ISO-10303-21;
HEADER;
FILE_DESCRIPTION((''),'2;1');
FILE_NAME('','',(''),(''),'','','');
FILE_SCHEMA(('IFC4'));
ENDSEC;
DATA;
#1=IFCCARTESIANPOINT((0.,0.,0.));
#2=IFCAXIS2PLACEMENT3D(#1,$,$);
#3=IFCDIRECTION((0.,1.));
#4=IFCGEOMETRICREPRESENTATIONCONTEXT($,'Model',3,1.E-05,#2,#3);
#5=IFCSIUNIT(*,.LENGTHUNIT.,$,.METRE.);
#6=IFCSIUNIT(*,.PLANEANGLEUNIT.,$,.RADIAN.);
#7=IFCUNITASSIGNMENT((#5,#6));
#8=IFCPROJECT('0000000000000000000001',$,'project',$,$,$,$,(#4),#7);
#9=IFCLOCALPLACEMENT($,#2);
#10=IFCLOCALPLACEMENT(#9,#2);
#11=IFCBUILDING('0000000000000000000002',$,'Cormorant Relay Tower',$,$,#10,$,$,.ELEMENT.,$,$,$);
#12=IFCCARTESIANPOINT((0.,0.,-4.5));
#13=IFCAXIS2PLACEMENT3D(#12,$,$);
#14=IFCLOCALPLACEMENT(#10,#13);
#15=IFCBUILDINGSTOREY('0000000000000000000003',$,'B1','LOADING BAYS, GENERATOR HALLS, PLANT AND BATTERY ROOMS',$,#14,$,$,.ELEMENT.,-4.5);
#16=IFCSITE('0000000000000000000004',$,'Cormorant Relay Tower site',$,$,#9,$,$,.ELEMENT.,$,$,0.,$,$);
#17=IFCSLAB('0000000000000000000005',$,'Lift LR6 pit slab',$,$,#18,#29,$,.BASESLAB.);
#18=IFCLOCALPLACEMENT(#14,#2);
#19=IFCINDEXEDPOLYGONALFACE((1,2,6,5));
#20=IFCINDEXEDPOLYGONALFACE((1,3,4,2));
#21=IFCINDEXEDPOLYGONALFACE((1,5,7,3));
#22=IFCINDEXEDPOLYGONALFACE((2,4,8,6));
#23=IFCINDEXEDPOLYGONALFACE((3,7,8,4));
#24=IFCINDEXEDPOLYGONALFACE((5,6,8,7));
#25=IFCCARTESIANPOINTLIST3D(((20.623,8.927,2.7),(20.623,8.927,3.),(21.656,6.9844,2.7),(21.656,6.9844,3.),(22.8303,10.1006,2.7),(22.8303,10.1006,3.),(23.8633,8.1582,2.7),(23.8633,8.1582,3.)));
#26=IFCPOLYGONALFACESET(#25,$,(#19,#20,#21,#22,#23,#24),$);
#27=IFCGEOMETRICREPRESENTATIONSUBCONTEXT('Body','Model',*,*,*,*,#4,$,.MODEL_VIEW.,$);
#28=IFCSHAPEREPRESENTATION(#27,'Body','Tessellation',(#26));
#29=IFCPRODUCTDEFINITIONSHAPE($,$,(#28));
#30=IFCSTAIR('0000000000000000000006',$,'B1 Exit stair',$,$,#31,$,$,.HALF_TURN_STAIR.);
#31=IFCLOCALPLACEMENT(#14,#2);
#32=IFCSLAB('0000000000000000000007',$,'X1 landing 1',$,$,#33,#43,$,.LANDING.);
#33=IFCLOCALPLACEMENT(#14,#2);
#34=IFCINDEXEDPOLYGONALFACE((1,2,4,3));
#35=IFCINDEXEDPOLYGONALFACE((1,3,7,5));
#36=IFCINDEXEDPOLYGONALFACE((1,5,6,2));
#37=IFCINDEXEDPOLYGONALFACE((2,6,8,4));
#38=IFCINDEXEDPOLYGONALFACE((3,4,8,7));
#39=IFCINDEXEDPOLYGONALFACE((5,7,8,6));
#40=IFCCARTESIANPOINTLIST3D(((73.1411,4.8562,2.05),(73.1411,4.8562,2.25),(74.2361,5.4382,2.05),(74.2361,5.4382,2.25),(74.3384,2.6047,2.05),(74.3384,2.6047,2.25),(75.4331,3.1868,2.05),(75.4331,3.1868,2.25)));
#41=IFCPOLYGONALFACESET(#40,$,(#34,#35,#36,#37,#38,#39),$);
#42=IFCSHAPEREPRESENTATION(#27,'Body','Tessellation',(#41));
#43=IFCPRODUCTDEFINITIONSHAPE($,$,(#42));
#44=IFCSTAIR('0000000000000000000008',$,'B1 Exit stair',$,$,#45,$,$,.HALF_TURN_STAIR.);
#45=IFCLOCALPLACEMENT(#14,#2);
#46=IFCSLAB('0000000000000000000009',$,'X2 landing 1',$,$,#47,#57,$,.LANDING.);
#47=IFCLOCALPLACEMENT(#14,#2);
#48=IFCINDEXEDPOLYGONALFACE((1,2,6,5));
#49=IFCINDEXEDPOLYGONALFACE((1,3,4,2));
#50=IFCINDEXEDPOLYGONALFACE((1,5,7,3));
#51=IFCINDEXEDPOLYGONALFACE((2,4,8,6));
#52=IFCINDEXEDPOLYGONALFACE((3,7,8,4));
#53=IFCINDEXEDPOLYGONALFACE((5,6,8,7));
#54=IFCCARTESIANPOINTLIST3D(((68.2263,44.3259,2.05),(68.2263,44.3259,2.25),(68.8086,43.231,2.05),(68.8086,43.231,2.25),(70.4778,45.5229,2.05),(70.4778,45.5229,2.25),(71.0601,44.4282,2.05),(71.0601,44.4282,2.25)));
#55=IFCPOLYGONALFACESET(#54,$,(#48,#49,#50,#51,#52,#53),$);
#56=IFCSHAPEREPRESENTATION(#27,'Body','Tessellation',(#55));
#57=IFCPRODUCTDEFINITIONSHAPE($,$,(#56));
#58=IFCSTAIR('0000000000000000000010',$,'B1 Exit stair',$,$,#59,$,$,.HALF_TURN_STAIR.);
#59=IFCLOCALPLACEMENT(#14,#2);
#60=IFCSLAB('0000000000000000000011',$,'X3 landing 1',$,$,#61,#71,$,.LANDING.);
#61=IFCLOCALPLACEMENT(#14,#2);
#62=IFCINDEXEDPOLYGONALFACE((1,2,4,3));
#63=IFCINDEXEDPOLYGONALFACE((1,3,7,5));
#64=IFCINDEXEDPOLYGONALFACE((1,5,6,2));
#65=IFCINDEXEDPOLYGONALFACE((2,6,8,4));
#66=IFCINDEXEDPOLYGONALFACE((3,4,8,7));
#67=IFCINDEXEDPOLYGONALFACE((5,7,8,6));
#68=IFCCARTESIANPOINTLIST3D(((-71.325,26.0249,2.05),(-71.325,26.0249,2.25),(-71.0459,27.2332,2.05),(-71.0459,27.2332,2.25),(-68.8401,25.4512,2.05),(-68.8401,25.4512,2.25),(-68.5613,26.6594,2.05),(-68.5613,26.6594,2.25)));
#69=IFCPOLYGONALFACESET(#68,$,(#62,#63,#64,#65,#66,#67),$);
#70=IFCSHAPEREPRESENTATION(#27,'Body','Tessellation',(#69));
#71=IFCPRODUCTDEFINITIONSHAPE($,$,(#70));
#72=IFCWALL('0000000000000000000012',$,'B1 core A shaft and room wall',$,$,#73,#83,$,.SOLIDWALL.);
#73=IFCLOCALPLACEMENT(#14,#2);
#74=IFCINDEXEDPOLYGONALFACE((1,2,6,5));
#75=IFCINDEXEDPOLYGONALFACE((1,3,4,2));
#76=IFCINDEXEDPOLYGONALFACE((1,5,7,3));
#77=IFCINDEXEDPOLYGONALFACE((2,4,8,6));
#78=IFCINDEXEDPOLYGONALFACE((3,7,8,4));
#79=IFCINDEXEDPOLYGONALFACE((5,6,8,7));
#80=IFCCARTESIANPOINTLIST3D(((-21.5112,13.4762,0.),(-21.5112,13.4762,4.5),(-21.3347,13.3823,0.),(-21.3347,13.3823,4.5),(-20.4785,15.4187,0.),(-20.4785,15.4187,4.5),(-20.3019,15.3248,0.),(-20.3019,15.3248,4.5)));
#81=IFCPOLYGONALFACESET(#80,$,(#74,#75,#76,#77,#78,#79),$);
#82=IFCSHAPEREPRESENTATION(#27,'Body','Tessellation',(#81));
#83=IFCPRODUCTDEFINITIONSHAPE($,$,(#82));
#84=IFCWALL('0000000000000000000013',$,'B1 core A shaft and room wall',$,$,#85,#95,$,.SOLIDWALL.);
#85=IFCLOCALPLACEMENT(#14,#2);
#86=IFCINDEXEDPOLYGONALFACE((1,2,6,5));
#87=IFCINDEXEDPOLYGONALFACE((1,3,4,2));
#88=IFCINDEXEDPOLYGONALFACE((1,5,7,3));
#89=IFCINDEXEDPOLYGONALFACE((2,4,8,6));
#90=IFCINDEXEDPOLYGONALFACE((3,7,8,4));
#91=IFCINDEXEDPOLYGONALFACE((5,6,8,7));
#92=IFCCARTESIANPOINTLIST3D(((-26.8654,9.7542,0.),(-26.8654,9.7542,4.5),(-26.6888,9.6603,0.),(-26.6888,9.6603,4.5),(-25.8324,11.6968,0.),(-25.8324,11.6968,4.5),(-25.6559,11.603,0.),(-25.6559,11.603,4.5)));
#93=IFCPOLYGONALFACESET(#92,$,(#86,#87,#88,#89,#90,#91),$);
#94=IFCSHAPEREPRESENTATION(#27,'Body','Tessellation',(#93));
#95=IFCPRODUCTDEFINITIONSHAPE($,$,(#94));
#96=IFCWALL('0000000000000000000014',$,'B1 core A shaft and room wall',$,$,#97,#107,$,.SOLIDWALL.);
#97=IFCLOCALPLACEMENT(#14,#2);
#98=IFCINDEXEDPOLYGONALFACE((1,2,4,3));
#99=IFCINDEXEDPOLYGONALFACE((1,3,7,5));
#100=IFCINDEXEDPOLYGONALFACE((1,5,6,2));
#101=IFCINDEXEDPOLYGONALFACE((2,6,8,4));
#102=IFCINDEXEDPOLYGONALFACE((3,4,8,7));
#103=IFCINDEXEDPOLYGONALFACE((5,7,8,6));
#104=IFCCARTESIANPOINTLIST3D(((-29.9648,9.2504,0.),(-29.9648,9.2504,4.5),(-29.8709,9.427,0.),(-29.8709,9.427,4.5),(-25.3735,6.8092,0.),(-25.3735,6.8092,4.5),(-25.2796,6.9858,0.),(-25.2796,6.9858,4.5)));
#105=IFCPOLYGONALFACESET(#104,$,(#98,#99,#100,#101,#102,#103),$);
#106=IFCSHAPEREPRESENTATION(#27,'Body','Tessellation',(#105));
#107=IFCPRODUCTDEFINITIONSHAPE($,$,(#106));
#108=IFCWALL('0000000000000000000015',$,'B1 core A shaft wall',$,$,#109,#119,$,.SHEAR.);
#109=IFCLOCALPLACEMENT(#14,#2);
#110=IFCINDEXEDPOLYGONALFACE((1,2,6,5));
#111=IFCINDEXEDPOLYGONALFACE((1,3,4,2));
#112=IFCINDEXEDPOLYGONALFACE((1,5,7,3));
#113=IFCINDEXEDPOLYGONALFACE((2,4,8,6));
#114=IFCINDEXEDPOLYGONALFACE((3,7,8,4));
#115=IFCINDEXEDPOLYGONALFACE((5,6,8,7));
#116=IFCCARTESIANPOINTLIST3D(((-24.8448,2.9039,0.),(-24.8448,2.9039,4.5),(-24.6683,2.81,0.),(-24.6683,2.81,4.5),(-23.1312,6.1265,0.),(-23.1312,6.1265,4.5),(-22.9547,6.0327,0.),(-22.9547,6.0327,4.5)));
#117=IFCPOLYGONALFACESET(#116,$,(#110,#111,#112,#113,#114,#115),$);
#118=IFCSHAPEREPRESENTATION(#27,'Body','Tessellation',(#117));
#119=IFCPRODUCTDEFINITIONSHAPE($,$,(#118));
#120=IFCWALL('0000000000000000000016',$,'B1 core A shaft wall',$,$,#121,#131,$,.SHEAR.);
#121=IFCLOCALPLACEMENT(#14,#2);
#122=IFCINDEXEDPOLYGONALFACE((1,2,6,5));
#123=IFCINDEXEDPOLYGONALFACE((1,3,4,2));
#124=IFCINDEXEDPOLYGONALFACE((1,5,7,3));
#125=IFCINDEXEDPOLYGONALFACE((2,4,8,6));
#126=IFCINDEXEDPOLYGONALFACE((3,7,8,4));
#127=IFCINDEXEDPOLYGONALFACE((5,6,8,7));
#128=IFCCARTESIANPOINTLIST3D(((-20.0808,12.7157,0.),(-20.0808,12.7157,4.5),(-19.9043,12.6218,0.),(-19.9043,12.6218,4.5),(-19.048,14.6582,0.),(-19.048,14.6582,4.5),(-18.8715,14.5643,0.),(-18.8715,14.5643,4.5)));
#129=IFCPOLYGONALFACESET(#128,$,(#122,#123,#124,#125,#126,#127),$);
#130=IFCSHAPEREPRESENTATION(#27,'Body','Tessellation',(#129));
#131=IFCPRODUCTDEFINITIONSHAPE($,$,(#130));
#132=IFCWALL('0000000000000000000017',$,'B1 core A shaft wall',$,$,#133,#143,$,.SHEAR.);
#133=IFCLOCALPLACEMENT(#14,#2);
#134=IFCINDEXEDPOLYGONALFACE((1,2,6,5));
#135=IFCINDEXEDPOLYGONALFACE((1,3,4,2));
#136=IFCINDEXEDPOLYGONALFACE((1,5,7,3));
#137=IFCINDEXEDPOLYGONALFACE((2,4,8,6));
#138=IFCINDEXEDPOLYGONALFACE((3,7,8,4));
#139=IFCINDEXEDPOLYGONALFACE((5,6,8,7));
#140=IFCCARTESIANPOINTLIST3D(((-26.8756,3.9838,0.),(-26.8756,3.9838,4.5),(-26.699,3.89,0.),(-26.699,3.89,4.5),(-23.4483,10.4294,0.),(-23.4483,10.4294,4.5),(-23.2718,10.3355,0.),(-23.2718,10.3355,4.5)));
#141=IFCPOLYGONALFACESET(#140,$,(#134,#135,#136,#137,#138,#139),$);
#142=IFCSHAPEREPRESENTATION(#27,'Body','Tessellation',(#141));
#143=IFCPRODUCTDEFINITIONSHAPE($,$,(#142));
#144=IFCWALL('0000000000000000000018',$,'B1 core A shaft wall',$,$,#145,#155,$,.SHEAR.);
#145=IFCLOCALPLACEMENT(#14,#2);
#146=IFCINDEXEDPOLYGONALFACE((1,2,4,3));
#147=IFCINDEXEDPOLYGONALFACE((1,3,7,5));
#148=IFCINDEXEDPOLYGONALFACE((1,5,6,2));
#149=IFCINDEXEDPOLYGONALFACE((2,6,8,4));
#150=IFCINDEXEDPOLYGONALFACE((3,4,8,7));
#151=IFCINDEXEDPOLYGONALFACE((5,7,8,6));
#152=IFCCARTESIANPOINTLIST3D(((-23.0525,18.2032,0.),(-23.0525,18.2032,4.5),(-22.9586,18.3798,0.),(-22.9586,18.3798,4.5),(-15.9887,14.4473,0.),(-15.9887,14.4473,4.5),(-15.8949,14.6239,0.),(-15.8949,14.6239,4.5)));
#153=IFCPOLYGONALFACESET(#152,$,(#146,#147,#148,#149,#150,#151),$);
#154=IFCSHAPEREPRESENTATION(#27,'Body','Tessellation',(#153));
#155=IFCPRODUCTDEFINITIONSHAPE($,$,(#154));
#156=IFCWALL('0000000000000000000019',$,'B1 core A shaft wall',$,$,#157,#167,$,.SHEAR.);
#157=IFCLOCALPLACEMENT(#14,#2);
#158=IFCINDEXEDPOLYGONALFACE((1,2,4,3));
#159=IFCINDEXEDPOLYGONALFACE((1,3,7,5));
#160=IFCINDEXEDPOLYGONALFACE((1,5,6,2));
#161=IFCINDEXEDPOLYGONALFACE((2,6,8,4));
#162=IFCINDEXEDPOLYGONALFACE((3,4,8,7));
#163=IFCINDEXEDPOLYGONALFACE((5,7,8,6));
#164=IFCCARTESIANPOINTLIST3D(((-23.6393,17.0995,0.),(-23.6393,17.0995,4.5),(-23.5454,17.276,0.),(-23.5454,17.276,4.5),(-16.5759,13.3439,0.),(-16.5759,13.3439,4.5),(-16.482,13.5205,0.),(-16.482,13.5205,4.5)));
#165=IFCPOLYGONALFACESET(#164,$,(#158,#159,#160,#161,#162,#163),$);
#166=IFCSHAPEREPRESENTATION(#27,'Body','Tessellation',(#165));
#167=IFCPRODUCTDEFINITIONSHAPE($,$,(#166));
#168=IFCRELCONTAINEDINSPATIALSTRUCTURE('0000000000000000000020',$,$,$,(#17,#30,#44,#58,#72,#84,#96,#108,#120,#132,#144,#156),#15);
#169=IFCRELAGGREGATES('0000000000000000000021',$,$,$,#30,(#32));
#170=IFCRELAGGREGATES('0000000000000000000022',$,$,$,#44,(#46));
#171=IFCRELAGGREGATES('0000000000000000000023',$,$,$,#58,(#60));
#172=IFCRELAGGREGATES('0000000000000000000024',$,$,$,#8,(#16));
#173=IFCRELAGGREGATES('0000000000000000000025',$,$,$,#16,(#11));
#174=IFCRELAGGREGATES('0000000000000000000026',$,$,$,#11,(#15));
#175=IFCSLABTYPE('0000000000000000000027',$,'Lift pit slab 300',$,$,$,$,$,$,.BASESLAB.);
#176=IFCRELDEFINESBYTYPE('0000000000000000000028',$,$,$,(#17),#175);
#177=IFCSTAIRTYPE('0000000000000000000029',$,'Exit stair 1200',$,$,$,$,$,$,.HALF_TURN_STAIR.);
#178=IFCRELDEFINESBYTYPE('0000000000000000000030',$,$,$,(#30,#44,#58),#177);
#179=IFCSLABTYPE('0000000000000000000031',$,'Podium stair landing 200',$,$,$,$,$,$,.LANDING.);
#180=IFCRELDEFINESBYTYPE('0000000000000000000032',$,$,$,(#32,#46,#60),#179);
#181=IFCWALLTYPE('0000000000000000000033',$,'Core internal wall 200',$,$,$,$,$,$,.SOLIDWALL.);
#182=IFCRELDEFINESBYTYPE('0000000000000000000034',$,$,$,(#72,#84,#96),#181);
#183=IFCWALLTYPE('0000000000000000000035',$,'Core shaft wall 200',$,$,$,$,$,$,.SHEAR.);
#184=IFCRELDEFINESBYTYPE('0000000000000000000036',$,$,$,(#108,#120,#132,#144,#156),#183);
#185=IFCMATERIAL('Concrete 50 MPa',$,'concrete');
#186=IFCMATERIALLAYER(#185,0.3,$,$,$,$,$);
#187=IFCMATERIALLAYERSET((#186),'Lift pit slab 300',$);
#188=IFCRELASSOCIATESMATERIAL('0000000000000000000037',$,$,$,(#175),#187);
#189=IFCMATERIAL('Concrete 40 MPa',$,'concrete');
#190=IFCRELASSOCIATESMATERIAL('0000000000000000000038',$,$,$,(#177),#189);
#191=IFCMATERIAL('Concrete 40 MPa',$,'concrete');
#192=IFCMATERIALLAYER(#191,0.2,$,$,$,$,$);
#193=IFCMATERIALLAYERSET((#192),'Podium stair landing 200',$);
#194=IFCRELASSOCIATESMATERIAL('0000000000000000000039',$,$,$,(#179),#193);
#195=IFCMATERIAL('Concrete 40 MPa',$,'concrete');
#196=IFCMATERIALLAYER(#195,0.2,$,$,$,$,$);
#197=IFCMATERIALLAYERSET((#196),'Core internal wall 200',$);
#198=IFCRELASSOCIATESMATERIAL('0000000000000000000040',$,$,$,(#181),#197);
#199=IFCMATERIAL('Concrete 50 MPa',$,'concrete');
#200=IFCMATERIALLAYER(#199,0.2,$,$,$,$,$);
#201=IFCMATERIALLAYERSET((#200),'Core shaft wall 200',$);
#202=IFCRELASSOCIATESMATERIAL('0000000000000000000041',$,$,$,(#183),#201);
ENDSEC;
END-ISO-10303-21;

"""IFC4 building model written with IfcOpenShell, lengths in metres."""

from ifc_helpers import new_model, si_unit, direction, frame, frame_2d, origin, place, context, subcontext, project, spatial, polyline, rectangle, outline, extrude, material, layer, layer_set, type_object, element, aggregate, save


model = new_model("IFC4")

# Units and contexts
model_context = context("Model", 3, precision=1e-05, world=origin(), true_north=direction((0.0, 1.0)))
body_context = subcontext(model_context, "Body", "Model", "MODEL_VIEW")
ifc_project = project(units=[si_unit("LENGTHUNIT", "METRE"), si_unit("PLANEANGLEUNIT", "RADIAN")], contexts=[model_context])

# Site, building, storey
site_placement = place(None, origin())
site = spatial("IfcSite", under=ifc_project, at=site_placement, Name="Cormorant Relay Tower site", CompositionType="ELEMENT", RefElevation=0.0)
building_placement = place(site_placement, origin())
building = spatial("IfcBuilding", under=site, at=building_placement, Name="Cormorant Relay Tower", CompositionType="ELEMENT")
storey_placement = place(building_placement, frame((0.0, 0.0, -4.5)))
storey = spatial("IfcBuildingStorey", under=building, at=storey_placement, Name="B1", Description="LOADING BAYS, GENERATOR HALLS, PLANT AND BATTERY ROOMS", CompositionType="ELEMENT", Elevation=-4.5)

# Slab
ifc_material_1 = material(Name="Concrete 50 MPa", Category="concrete")
ifc_layer_1 = layer(ifc_material_1, 0.3)
ifc_layer_set_1 = layer_set([ifc_layer_1], Name="Lift pit slab 300")
slab_type_1 = type_object("IfcSlabType", Name="Lift pit slab 300", PredefinedType="BASESLAB", material=ifc_layer_set_1)
slab_1_placement = place(storey_placement, frame((0.0, 0.0, 2.7)))
element("IfcSlab", 1, at=slab_1_placement, inside=storey, type_object=slab_type_1, Name="Lift LR6 pit slab", PredefinedType="BASESLAB", context=body_context, shape_type="SweptSolid", body=[
    extrude(outline(polyline([(22.8303, 10.1006), (23.8633, 8.1582), (21.656, 6.9844), (20.623, 8.927), (22.8303, 10.1006)])), origin(), (0.0, 0.0, 1.0), 0.3),
])

# Stairs, slabs
ifc_material_2 = material(Name="Concrete 40 MPa", Category="concrete")
stair_type_1 = type_object("IfcStairType", Name="Exit stair 1200", PredefinedType="HALF_TURN_STAIR", material=ifc_material_2)
stair_1_placement = place(storey_placement, origin())
stair_1 = element("IfcStair", 2, at=stair_1_placement, inside=storey, type_object=stair_type_1, Name="B1 Exit stair", PredefinedType="HALF_TURN_STAIR")
ifc_material_3 = material(Name="Concrete 40 MPa", Category="concrete")
ifc_layer_2 = layer(ifc_material_3, 0.2)
ifc_layer_set_2 = layer_set([ifc_layer_2], Name="Podium stair landing 200")
slab_type_2 = type_object("IfcSlabType", Name="Podium stair landing 200", PredefinedType="LANDING", material=ifc_layer_set_2)
slab_2_placement = place(storey_placement, frame((0.0, 0.0, 2.05)))
slab_2 = element("IfcSlab", 3, at=slab_2_placement, type_object=slab_type_2, Name="X1 landing 1", PredefinedType="LANDING", context=body_context, shape_type="SweptSolid", body=[
    extrude(outline(polyline([(74.3384, 2.6047), (75.4331, 3.1868), (74.2361, 5.4382), (73.1411, 4.8562), (74.3384, 2.6047)])), origin(), (0.0, 0.0, 1.0), 0.2),
])
aggregate(stair_1, [slab_2])
stair_2_placement = place(storey_placement, origin())
stair_2 = element("IfcStair", 4, at=stair_2_placement, inside=storey, type_object=stair_type_1, Name="B1 Exit stair", PredefinedType="HALF_TURN_STAIR")
slab_3_placement = place(storey_placement, frame((0.0, 0.0, 2.05)))
slab_3 = element("IfcSlab", 5, at=slab_3_placement, type_object=slab_type_2, Name="X2 landing 1", PredefinedType="LANDING", context=body_context, shape_type="SweptSolid", body=[
    extrude(outline(polyline([(71.0601, 44.4282), (70.4778, 45.5229), (68.2263, 44.3259), (68.8086, 43.231), (71.0601, 44.4282)])), origin(), (0.0, 0.0, 1.0), 0.2),
])
aggregate(stair_2, [slab_3])
stair_3_placement = place(storey_placement, origin())
stair_3 = element("IfcStair", 6, at=stair_3_placement, inside=storey, type_object=stair_type_1, Name="B1 Exit stair", PredefinedType="HALF_TURN_STAIR")
slab_4_placement = place(storey_placement, frame((0.0, 0.0, 2.05)))
slab_4 = element("IfcSlab", 7, at=slab_4_placement, type_object=slab_type_2, Name="X3 landing 1", PredefinedType="LANDING", context=body_context, shape_type="SweptSolid", body=[
    extrude(outline(polyline([(-71.0459, 27.2332), (-71.325, 26.0249), (-68.8401, 25.4512), (-68.5613, 26.6594), (-71.0459, 27.2332)])), origin(), (0.0, 0.0, 1.0), 0.2),
])
aggregate(stair_3, [slab_4])

# Walls
ifc_material_4 = material(Name="Concrete 40 MPa", Category="concrete")
ifc_layer_3 = layer(ifc_material_4, 0.2)
ifc_layer_set_3 = layer_set([ifc_layer_3], Name="Core internal wall 200")
wall_type_1 = type_object("IfcWallType", Name="Core internal wall 200", PredefinedType="SOLIDWALL", material=ifc_layer_set_3)
wall_1_placement = place(storey_placement, frame((-20.3901, 15.3718, 0.0), z_axis=(0.0, 0.0, 1.0), x_axis=(-0.469447, -0.88296, 0.0)))
element("IfcWall", 8, at=wall_1_placement, inside=storey, type_object=wall_type_1, Name="B1 core A shaft and room wall", PredefinedType="SOLIDWALL", context=body_context, shape_type="SweptSolid", body=[
    extrude(rectangle(XDim=2.2, YDim=0.2, at=frame_2d((1.1001, 0.0))), origin(), (0.0, 0.0, 1.0), 4.5),
])
wall_2_placement = place(storey_placement, frame((-25.7441, 11.6499, 0.0), z_axis=(0.0, 0.0, 1.0), x_axis=(-0.469488, -0.882939, 0.0)))
element("IfcWall", 9, at=wall_2_placement, inside=storey, type_object=wall_type_1, Name="B1 core A shaft and room wall", PredefinedType="SOLIDWALL", context=body_context, shape_type="SweptSolid", body=[
    extrude(rectangle(XDim=2.2002, YDim=0.2, at=frame_2d((1.1001, 0.0))), origin(), (0.0, 0.0, 1.0), 4.5),
])
wall_3_placement = place(storey_placement, frame((-25.3264, 6.8975, 0.0), z_axis=(0.0, 0.0, 1.0), x_axis=(-0.882954, 0.46946, 0.0)))
element("IfcWall", 10, at=wall_3_placement, inside=storey, type_object=wall_type_1, Name="B1 core A shaft and room wall", PredefinedType="SOLIDWALL", context=body_context, shape_type="SweptSolid", body=[
    extrude(rectangle(XDim=5.2, YDim=0.2, at=frame_2d((2.6001, 0.0))), origin(), (0.0, 0.0, 1.0), 4.5),
])
ifc_material_5 = material(Name="Concrete 50 MPa", Category="concrete")
ifc_layer_4 = layer(ifc_material_5, 0.2)
ifc_layer_set_4 = layer_set([ifc_layer_4], Name="Core shaft wall 200")
wall_type_2 = type_object("IfcWallType", Name="Core shaft wall 200", PredefinedType="SHEAR", material=ifc_layer_set_4)
wall_4_placement = place(storey_placement, frame((-23.043, 6.0796, 0.0), z_axis=(0.0, 0.0, 1.0), x_axis=(-0.469494, -0.882936, 0.0)))
element("IfcWall", 11, at=wall_4_placement, inside=storey, type_object=wall_type_2, Name="B1 core A shaft wall", PredefinedType="SHEAR", context=body_context, shape_type="SweptSolid", body=[
    extrude(rectangle(XDim=3.6499, YDim=0.2, at=frame_2d((1.825, 0.0))), origin(), (0.0, 0.0, 1.0), 4.5),
])
wall_5_placement = place(storey_placement, frame((-18.9597, 14.6113, 0.0), z_axis=(0.0, 0.0, 1.0), x_axis=(-0.469447, -0.88296, 0.0)))
element("IfcWall", 12, at=wall_5_placement, inside=storey, type_object=wall_type_2, Name="B1 core A shaft wall", PredefinedType="SHEAR", context=body_context, shape_type="SweptSolid", body=[
    extrude(rectangle(XDim=2.2, YDim=0.2, at=frame_2d((1.1001, 0.0))), origin(), (0.0, 0.0, 1.0), 4.5),
])
wall_6_placement = place(storey_placement, frame((-23.3601, 10.3823, 0.0), z_axis=(0.0, 0.0, 1.0), x_axis=(-0.46948, -0.882943, 0.0)))
element("IfcWall", 13, at=wall_6_placement, inside=storey, type_object=wall_type_2, Name="B1 core A shaft wall", PredefinedType="SHEAR", context=body_context, shape_type="SweptSolid", body=[
    extrude(rectangle(XDim=7.3, YDim=0.2, at=frame_2d((3.6499, 0.0))), origin(), (0.0, 0.0, 1.0), 4.5),
])
wall_7_placement = place(storey_placement, frame((-15.9419, 14.5356, 0.0), z_axis=(0.0, 0.0, 1.0), x_axis=(-0.882947, 0.469473, 0.0)))
element("IfcWall", 14, at=wall_7_placement, inside=storey, type_object=wall_type_2, Name="B1 core A shaft wall", PredefinedType="SHEAR", context=body_context, shape_type="SweptSolid", body=[
    extrude(rectangle(XDim=8.0002, YDim=0.2, at=frame_2d((4.0, 0.0))), origin(), (0.0, 0.0, 1.0), 4.5),
])
wall_8_placement = place(storey_placement, frame((-16.5288, 13.4321, 0.0), z_axis=(0.0, 0.0, 1.0), x_axis=(-0.882953, 0.469462, 0.0)))
element("IfcWall", 15, at=wall_8_placement, inside=storey, type_object=wall_type_2, Name="B1 core A shaft wall", PredefinedType="SHEAR", context=body_context, shape_type="SweptSolid", body=[
    extrude(rectangle(XDim=7.9998, YDim=0.2, at=frame_2d((4.0, 0.0))), origin(), (0.0, 0.0, 1.0), 4.5),
])

save(model, "model.ifc")
